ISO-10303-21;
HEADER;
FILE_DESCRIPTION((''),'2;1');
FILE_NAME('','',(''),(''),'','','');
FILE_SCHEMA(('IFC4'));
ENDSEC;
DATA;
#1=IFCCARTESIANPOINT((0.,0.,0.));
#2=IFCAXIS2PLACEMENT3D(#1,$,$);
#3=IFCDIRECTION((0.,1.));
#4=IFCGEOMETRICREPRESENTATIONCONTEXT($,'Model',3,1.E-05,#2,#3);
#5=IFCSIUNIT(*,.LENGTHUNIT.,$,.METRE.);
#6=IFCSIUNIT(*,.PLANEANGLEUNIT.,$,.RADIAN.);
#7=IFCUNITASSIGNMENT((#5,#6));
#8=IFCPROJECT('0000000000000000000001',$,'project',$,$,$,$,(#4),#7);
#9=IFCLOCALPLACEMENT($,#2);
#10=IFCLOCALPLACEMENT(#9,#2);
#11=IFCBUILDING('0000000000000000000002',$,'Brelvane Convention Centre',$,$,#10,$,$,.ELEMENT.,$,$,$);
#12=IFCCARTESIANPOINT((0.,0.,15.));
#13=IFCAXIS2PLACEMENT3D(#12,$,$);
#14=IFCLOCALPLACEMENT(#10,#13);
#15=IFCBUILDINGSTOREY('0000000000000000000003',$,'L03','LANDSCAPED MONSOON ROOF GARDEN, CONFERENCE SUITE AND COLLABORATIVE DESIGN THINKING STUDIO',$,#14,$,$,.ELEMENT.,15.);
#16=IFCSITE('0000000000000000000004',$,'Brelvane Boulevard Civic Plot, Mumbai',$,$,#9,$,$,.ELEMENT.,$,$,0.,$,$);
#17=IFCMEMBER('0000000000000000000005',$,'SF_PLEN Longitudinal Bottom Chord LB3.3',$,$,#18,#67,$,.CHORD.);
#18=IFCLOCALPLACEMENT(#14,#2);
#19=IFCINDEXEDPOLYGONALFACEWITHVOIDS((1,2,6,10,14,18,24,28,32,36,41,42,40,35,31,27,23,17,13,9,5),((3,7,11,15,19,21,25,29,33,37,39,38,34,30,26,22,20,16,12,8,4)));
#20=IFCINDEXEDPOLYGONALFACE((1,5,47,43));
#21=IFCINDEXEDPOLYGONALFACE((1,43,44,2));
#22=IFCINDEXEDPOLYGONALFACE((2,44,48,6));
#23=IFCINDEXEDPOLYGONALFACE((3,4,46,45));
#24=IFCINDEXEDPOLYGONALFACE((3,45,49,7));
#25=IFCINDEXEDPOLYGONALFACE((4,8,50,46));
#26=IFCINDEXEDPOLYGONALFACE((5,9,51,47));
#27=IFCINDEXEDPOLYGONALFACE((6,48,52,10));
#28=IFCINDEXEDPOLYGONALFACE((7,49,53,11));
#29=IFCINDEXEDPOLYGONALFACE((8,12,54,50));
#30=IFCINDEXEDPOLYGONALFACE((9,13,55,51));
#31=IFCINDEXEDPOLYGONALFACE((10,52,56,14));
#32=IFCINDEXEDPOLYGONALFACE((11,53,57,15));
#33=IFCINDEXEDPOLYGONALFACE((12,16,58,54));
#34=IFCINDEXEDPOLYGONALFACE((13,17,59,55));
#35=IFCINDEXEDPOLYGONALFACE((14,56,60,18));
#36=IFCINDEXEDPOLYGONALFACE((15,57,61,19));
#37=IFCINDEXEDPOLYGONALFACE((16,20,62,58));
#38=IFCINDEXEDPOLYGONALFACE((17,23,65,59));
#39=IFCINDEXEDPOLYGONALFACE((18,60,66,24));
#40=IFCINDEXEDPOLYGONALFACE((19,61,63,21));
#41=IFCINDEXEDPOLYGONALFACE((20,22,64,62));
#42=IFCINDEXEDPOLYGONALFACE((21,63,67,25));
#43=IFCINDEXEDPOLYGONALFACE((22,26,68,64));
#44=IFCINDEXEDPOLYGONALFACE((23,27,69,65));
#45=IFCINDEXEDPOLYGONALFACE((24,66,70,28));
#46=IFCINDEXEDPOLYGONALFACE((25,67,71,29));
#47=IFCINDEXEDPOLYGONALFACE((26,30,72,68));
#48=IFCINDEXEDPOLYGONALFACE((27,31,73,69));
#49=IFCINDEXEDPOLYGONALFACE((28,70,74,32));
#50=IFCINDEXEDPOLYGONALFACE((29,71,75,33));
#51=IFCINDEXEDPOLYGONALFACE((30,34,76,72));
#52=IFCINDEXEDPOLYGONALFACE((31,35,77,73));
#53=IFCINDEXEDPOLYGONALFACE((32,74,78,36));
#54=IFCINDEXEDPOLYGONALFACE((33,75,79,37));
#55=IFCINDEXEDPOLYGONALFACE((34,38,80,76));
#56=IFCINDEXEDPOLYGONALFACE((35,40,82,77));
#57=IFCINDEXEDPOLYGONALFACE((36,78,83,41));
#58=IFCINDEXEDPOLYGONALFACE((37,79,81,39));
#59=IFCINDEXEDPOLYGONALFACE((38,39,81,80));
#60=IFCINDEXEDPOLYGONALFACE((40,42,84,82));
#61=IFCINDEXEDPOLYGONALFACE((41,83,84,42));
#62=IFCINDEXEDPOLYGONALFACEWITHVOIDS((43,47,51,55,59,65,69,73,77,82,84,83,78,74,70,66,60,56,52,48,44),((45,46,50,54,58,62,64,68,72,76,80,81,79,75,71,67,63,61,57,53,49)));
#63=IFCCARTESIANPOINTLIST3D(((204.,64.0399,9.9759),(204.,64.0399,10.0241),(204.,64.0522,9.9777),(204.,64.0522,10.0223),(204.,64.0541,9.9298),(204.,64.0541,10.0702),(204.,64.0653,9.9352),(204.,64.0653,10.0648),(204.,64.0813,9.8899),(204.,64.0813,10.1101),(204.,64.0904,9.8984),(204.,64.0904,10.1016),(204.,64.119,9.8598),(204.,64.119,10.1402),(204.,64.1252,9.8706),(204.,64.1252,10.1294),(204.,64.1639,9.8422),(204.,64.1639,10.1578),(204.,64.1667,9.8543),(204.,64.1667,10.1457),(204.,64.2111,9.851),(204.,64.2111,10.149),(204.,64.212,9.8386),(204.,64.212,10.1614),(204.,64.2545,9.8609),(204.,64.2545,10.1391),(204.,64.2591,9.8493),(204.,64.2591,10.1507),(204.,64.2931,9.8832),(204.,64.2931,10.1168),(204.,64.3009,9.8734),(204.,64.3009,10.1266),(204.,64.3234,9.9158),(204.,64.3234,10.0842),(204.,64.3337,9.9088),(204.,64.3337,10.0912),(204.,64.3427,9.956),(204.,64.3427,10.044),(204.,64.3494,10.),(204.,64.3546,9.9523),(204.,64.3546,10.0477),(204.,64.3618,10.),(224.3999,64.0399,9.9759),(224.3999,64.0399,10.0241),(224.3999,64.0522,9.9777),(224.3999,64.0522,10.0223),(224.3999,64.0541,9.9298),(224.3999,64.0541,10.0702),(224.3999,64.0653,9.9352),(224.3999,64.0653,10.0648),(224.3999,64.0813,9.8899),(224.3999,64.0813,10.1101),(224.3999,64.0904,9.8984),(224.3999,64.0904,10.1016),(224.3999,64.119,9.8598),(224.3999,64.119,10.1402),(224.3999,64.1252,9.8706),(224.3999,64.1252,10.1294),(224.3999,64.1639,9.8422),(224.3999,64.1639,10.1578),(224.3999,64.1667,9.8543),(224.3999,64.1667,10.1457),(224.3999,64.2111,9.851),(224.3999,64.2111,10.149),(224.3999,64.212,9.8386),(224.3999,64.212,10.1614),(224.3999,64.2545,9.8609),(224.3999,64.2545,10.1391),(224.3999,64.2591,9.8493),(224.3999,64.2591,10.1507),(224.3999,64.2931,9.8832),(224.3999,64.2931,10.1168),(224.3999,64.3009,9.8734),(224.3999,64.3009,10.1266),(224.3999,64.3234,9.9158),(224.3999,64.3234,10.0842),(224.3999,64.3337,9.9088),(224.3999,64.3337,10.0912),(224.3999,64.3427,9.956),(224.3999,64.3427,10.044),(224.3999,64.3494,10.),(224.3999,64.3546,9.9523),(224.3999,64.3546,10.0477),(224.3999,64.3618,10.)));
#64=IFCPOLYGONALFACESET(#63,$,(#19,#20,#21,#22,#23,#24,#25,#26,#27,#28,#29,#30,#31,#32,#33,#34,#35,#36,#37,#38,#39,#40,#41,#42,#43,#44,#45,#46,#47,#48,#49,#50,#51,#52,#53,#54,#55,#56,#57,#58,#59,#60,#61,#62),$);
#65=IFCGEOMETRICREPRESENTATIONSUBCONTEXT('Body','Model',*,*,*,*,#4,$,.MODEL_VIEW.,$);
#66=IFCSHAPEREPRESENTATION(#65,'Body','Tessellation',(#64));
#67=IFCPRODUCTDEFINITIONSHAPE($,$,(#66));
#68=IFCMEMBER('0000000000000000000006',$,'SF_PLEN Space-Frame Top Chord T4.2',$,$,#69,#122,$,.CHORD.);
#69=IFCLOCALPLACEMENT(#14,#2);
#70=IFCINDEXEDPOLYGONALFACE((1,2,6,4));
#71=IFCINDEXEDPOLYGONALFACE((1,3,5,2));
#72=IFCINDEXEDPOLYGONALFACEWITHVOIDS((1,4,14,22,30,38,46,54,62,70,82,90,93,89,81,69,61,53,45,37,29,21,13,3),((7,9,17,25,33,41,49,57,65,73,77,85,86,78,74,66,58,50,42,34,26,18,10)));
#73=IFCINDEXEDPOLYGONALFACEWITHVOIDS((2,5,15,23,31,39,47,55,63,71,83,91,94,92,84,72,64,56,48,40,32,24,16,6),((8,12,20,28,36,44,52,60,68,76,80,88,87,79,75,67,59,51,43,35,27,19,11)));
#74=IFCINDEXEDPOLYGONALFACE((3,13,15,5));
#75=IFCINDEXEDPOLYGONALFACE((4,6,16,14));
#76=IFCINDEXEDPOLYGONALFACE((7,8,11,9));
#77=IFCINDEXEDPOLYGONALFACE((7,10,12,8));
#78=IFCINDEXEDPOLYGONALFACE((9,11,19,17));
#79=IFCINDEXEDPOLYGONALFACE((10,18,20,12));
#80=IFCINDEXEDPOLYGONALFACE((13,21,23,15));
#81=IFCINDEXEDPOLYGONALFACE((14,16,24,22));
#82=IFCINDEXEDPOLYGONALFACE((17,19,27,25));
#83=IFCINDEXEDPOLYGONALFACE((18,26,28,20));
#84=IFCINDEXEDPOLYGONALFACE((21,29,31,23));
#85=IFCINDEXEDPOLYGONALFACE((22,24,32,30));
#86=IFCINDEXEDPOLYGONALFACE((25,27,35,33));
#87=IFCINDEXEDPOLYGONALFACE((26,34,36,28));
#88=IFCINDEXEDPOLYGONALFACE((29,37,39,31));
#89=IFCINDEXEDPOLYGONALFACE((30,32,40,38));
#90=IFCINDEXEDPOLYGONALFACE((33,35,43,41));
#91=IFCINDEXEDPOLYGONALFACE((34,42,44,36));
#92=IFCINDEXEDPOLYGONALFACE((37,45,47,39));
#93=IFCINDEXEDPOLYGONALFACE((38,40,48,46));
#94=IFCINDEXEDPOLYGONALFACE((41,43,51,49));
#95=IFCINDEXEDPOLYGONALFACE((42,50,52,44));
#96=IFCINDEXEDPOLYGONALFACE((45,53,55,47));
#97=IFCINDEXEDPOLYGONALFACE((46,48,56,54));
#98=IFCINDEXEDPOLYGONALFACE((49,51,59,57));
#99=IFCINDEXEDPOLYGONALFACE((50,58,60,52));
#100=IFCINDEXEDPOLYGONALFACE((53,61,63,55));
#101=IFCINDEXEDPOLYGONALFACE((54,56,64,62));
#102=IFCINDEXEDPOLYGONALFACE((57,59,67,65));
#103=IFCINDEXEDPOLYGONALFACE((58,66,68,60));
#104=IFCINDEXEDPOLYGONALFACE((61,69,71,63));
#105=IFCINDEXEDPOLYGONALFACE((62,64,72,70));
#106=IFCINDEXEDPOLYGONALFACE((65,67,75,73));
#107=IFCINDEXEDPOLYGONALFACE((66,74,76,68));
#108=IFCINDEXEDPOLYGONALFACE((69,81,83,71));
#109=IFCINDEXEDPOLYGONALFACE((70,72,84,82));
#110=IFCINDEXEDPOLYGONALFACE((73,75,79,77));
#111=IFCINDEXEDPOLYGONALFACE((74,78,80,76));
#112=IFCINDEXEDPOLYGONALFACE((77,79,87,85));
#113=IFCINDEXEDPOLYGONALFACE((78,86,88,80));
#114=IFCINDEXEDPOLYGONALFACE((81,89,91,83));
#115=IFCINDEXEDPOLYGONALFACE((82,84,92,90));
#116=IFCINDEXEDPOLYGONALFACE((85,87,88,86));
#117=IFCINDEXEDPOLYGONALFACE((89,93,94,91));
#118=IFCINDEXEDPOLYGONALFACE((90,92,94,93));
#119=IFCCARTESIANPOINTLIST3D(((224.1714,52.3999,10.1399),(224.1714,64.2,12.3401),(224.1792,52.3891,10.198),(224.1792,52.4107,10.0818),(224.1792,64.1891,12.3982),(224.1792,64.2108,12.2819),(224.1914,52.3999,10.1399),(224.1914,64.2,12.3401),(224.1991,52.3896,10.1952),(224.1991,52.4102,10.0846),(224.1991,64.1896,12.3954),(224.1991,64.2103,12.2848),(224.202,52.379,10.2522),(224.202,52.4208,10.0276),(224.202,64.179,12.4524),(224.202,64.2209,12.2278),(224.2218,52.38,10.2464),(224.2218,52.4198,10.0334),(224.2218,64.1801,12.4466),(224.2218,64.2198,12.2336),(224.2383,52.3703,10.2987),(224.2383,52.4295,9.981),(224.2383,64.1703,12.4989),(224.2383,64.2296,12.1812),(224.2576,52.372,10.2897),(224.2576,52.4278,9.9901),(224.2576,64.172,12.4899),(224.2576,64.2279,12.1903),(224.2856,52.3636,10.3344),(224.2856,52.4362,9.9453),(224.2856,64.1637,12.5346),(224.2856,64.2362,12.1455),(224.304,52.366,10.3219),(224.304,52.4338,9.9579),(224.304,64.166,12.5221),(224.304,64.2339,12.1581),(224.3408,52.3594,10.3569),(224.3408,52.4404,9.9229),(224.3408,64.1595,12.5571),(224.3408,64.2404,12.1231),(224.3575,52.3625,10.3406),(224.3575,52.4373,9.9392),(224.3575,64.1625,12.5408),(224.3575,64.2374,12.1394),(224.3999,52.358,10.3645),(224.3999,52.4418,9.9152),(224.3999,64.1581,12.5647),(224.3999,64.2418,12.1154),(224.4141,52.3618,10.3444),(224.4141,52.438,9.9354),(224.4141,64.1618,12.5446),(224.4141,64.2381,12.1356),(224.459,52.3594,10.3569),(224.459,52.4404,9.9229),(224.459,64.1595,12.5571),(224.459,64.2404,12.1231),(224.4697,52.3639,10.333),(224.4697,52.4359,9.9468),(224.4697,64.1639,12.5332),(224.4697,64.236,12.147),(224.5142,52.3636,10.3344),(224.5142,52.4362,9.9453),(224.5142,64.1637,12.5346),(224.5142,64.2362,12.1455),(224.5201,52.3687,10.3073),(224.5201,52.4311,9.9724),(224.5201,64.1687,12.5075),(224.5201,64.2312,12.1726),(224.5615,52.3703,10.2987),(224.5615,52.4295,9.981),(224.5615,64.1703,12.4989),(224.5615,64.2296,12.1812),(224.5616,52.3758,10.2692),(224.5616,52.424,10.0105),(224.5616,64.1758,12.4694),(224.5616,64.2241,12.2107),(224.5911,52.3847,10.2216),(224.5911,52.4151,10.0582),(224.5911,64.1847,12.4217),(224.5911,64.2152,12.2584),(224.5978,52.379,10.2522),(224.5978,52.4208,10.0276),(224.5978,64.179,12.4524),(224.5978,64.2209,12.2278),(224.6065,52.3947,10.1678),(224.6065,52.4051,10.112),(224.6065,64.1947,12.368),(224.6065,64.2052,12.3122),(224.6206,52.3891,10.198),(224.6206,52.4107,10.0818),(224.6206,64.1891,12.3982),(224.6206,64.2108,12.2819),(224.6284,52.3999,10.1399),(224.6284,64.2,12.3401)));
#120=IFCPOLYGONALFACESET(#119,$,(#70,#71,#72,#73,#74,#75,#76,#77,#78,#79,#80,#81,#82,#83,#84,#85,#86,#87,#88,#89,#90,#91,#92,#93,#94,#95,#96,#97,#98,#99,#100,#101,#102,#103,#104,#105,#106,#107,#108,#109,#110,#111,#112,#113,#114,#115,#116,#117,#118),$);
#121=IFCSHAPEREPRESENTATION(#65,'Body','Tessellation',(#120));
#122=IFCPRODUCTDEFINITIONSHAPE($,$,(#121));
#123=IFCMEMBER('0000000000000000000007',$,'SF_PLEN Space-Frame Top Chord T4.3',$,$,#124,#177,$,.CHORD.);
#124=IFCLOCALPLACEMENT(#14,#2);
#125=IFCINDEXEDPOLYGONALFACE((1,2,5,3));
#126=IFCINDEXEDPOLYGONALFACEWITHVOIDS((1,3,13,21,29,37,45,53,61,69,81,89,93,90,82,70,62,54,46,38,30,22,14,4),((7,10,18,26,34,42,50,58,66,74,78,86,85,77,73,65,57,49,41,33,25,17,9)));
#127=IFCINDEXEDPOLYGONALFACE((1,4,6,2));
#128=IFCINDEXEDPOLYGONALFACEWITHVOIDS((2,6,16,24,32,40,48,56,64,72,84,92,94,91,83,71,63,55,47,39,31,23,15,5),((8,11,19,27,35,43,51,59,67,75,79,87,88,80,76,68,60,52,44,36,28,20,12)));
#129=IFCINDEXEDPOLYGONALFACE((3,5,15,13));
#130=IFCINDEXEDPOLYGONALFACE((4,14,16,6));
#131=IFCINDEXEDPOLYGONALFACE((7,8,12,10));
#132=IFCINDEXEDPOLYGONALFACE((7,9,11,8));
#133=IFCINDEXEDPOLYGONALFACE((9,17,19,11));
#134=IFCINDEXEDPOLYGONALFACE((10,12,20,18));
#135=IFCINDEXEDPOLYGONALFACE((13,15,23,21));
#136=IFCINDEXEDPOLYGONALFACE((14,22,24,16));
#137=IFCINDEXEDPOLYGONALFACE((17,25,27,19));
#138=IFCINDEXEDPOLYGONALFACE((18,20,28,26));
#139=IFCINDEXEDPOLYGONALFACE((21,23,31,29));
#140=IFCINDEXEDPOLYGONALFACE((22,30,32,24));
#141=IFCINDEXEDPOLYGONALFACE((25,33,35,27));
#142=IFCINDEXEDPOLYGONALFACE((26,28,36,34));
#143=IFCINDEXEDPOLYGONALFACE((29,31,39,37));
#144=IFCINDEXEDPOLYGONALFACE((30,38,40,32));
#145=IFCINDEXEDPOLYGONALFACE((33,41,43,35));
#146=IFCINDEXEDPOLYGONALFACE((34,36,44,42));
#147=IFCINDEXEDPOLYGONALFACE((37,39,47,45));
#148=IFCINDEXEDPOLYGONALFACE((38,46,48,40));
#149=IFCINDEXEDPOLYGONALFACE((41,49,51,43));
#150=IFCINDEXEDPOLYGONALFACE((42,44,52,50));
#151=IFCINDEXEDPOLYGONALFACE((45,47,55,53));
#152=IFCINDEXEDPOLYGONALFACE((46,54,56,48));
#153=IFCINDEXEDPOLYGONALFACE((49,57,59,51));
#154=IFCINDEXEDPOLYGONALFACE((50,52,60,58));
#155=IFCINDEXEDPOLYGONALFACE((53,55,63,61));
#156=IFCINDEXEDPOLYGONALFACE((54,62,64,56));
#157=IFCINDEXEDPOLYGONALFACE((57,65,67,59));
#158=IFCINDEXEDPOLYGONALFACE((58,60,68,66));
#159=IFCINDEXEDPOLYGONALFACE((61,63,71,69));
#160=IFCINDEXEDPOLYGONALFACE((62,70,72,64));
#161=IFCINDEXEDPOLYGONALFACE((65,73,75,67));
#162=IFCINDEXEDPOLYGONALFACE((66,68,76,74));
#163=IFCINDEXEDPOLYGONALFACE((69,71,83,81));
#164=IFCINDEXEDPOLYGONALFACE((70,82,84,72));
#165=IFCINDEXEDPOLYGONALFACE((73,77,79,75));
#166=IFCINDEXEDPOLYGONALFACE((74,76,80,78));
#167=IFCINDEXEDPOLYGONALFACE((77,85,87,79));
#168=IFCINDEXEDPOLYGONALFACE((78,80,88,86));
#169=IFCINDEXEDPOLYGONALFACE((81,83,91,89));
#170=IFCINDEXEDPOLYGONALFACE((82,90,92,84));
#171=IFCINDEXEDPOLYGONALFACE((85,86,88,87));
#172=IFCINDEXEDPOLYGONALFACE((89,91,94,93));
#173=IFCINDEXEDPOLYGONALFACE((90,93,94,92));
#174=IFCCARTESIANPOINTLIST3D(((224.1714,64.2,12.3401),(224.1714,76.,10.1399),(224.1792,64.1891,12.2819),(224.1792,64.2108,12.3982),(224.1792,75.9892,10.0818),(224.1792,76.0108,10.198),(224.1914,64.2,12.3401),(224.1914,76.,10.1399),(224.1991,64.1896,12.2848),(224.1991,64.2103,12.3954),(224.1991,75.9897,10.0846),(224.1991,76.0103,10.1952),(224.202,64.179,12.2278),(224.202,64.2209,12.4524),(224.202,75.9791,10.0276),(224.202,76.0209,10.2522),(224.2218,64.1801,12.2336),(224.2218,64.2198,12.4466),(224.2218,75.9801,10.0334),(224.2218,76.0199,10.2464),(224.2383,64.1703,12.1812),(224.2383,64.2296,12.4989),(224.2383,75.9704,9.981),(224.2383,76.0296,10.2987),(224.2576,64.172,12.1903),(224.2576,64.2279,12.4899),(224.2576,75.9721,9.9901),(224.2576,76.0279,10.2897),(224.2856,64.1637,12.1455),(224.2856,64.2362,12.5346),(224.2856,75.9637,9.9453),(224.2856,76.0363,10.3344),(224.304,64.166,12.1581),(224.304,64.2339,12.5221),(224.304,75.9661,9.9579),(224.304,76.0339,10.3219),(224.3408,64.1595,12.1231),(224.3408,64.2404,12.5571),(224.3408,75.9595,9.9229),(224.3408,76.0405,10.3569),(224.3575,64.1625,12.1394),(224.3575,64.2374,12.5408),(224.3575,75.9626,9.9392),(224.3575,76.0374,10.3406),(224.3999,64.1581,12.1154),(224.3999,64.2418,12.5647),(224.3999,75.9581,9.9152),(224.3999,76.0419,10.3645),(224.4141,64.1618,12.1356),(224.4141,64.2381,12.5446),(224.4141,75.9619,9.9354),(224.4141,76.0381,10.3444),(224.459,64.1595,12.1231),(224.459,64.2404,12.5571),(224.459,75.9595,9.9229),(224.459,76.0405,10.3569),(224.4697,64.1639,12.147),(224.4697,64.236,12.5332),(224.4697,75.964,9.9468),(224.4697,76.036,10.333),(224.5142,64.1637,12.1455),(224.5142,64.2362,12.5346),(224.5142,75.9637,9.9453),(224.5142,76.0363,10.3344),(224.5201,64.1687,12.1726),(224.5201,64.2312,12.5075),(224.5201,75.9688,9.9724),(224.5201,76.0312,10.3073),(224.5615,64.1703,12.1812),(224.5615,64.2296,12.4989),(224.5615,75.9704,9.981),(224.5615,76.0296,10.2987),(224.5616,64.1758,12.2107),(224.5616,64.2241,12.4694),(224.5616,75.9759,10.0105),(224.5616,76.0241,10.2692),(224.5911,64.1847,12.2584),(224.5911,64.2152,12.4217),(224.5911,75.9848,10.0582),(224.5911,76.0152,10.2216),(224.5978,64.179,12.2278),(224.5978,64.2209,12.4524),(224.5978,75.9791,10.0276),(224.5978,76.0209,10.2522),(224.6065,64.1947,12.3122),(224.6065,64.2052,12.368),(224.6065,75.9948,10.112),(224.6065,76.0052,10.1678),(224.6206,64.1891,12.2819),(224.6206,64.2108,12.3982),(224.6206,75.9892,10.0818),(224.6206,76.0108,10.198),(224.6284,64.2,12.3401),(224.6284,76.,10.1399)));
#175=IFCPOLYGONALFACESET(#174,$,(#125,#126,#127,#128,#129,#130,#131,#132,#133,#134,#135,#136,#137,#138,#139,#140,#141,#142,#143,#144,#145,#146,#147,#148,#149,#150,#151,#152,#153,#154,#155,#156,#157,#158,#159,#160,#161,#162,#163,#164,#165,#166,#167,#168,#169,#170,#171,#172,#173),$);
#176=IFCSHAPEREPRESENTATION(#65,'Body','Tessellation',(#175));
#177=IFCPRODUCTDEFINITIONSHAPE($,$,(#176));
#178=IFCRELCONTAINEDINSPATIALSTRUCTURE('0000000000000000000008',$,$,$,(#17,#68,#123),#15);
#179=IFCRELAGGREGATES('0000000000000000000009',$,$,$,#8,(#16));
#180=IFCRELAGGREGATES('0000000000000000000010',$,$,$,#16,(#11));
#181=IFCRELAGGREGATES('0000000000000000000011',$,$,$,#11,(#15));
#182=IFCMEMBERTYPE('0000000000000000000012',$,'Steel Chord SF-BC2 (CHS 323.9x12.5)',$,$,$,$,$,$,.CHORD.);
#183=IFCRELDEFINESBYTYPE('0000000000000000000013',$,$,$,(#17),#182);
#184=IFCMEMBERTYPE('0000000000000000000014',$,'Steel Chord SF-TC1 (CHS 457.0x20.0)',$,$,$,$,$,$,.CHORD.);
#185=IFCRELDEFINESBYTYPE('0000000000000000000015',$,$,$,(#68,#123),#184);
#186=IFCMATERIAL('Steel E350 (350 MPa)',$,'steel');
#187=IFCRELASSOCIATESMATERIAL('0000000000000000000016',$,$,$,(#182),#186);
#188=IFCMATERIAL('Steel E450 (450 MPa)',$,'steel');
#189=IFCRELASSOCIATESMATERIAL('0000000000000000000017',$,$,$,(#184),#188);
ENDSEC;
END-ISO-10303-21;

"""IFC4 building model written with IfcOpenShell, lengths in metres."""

from ifc_helpers import new_model, si_unit, direction, frame, origin, origin_2d, place, context, subcontext, project, spatial, hollow_circle, extrude, material, material_profile, profile_set, type_object, element, save


model = new_model("IFC4")

# Units and contexts
model_context = context("Model", 3, precision=1e-05, world=origin(), true_north=direction((0.0, 1.0)))
body_context = subcontext(model_context, "Body", "Model", "MODEL_VIEW")
ifc_project = project(units=[si_unit("LENGTHUNIT", "METRE"), si_unit("PLANEANGLEUNIT", "RADIAN")], contexts=[model_context])

# Site, building, storey
site_placement = place(None, origin())
site = spatial("IfcSite", under=ifc_project, at=site_placement, Name="Brelvane Boulevard Civic Plot, Mumbai", CompositionType="ELEMENT", RefElevation=0.0)
building_placement = place(site_placement, origin())
building = spatial("IfcBuilding", under=site, at=building_placement, Name="Brelvane Convention Centre", CompositionType="ELEMENT")
storey_placement = place(building_placement, frame((0.0, 0.0, 15.0)))
storey = spatial("IfcBuildingStorey", under=building, at=storey_placement, Name="L03", Description="LANDSCAPED MONSOON ROOF GARDEN, CONFERENCE SUITE AND COLLABORATIVE DESIGN THINKING STUDIO", CompositionType="ELEMENT", Elevation=15.0)

# Members
ifc_material_1 = material(Name="Steel E350 (350 MPa)", Category="steel")
ifc_material_profile_1 = material_profile(ifc_material_1, hollow_circle(Radius=0.1619, WallThickness=0.0125, at=origin_2d()), Name="CHS 323.9x12.5")
ifc_profile_set_1 = profile_set([ifc_material_profile_1], Name="Steel E350 (350 MPa)")
member_type_1 = type_object("IfcMemberType", Name="Steel Chord SF-BC2 (CHS 323.9x12.5)", PredefinedType="CHORD", material=ifc_profile_set_1)
member_1_placement = place(storey_placement, frame((204.0, 64.2, 10.0), z_axis=(1.0, 0.0, 0.0), x_axis=(0.0, 1.0, 0.0)))
element("IfcMember", 1, at=member_1_placement, inside=storey, type_object=member_type_1, Name="SF_PLEN Longitudinal Bottom Chord LB3.3", PredefinedType="CHORD", context=body_context, shape_type="SweptSolid", body=[
    extrude(hollow_circle(Radius=0.1619, WallThickness=0.0125, at=origin_2d()), origin(), (0.0, 0.0, 1.0), 20.3999),
])
ifc_material_2 = material(Name="Steel E450 (450 MPa)", Category="steel")
ifc_material_profile_2 = material_profile(ifc_material_2, hollow_circle(Radius=0.2285, WallThickness=0.02, at=origin_2d()), Name="CHS 457.0x20.0")
ifc_profile_set_2 = profile_set([ifc_material_profile_2], Name="Steel E450 (450 MPa)")
member_type_2 = type_object("IfcMemberType", Name="Steel Chord SF-TC1 (CHS 457.0x20.0)", PredefinedType="CHORD", material=ifc_profile_set_2)
for number, where, z_axis, x_axis, name in (
    (2, (224.3999, 52.3999, 10.1399), (0.0, 0.983058, 0.183297), (-1.0, 0.0, 0.0), "SF_PLEN Space-Frame Top Chord T4.2"),
    (3, (224.3999, 64.2, 12.3401), (0.0, 0.983058, -0.183297), (-1.0, 0.0, 0.0), "SF_PLEN Space-Frame Top Chord T4.3"),
):
    element("IfcMember", number, at=place(storey_placement, frame(where, z_axis=z_axis, x_axis=x_axis)), inside=storey, type_object=member_type_2, Name=name, PredefinedType="CHORD", context=body_context, shape_type="SweptSolid", body=[
        extrude(hollow_circle(Radius=0.2285, WallThickness=0.02, at=origin_2d()), origin(), (0.0, 0.0, 1.0), 12.0034),
    ])

save(model, "model.ifc")
